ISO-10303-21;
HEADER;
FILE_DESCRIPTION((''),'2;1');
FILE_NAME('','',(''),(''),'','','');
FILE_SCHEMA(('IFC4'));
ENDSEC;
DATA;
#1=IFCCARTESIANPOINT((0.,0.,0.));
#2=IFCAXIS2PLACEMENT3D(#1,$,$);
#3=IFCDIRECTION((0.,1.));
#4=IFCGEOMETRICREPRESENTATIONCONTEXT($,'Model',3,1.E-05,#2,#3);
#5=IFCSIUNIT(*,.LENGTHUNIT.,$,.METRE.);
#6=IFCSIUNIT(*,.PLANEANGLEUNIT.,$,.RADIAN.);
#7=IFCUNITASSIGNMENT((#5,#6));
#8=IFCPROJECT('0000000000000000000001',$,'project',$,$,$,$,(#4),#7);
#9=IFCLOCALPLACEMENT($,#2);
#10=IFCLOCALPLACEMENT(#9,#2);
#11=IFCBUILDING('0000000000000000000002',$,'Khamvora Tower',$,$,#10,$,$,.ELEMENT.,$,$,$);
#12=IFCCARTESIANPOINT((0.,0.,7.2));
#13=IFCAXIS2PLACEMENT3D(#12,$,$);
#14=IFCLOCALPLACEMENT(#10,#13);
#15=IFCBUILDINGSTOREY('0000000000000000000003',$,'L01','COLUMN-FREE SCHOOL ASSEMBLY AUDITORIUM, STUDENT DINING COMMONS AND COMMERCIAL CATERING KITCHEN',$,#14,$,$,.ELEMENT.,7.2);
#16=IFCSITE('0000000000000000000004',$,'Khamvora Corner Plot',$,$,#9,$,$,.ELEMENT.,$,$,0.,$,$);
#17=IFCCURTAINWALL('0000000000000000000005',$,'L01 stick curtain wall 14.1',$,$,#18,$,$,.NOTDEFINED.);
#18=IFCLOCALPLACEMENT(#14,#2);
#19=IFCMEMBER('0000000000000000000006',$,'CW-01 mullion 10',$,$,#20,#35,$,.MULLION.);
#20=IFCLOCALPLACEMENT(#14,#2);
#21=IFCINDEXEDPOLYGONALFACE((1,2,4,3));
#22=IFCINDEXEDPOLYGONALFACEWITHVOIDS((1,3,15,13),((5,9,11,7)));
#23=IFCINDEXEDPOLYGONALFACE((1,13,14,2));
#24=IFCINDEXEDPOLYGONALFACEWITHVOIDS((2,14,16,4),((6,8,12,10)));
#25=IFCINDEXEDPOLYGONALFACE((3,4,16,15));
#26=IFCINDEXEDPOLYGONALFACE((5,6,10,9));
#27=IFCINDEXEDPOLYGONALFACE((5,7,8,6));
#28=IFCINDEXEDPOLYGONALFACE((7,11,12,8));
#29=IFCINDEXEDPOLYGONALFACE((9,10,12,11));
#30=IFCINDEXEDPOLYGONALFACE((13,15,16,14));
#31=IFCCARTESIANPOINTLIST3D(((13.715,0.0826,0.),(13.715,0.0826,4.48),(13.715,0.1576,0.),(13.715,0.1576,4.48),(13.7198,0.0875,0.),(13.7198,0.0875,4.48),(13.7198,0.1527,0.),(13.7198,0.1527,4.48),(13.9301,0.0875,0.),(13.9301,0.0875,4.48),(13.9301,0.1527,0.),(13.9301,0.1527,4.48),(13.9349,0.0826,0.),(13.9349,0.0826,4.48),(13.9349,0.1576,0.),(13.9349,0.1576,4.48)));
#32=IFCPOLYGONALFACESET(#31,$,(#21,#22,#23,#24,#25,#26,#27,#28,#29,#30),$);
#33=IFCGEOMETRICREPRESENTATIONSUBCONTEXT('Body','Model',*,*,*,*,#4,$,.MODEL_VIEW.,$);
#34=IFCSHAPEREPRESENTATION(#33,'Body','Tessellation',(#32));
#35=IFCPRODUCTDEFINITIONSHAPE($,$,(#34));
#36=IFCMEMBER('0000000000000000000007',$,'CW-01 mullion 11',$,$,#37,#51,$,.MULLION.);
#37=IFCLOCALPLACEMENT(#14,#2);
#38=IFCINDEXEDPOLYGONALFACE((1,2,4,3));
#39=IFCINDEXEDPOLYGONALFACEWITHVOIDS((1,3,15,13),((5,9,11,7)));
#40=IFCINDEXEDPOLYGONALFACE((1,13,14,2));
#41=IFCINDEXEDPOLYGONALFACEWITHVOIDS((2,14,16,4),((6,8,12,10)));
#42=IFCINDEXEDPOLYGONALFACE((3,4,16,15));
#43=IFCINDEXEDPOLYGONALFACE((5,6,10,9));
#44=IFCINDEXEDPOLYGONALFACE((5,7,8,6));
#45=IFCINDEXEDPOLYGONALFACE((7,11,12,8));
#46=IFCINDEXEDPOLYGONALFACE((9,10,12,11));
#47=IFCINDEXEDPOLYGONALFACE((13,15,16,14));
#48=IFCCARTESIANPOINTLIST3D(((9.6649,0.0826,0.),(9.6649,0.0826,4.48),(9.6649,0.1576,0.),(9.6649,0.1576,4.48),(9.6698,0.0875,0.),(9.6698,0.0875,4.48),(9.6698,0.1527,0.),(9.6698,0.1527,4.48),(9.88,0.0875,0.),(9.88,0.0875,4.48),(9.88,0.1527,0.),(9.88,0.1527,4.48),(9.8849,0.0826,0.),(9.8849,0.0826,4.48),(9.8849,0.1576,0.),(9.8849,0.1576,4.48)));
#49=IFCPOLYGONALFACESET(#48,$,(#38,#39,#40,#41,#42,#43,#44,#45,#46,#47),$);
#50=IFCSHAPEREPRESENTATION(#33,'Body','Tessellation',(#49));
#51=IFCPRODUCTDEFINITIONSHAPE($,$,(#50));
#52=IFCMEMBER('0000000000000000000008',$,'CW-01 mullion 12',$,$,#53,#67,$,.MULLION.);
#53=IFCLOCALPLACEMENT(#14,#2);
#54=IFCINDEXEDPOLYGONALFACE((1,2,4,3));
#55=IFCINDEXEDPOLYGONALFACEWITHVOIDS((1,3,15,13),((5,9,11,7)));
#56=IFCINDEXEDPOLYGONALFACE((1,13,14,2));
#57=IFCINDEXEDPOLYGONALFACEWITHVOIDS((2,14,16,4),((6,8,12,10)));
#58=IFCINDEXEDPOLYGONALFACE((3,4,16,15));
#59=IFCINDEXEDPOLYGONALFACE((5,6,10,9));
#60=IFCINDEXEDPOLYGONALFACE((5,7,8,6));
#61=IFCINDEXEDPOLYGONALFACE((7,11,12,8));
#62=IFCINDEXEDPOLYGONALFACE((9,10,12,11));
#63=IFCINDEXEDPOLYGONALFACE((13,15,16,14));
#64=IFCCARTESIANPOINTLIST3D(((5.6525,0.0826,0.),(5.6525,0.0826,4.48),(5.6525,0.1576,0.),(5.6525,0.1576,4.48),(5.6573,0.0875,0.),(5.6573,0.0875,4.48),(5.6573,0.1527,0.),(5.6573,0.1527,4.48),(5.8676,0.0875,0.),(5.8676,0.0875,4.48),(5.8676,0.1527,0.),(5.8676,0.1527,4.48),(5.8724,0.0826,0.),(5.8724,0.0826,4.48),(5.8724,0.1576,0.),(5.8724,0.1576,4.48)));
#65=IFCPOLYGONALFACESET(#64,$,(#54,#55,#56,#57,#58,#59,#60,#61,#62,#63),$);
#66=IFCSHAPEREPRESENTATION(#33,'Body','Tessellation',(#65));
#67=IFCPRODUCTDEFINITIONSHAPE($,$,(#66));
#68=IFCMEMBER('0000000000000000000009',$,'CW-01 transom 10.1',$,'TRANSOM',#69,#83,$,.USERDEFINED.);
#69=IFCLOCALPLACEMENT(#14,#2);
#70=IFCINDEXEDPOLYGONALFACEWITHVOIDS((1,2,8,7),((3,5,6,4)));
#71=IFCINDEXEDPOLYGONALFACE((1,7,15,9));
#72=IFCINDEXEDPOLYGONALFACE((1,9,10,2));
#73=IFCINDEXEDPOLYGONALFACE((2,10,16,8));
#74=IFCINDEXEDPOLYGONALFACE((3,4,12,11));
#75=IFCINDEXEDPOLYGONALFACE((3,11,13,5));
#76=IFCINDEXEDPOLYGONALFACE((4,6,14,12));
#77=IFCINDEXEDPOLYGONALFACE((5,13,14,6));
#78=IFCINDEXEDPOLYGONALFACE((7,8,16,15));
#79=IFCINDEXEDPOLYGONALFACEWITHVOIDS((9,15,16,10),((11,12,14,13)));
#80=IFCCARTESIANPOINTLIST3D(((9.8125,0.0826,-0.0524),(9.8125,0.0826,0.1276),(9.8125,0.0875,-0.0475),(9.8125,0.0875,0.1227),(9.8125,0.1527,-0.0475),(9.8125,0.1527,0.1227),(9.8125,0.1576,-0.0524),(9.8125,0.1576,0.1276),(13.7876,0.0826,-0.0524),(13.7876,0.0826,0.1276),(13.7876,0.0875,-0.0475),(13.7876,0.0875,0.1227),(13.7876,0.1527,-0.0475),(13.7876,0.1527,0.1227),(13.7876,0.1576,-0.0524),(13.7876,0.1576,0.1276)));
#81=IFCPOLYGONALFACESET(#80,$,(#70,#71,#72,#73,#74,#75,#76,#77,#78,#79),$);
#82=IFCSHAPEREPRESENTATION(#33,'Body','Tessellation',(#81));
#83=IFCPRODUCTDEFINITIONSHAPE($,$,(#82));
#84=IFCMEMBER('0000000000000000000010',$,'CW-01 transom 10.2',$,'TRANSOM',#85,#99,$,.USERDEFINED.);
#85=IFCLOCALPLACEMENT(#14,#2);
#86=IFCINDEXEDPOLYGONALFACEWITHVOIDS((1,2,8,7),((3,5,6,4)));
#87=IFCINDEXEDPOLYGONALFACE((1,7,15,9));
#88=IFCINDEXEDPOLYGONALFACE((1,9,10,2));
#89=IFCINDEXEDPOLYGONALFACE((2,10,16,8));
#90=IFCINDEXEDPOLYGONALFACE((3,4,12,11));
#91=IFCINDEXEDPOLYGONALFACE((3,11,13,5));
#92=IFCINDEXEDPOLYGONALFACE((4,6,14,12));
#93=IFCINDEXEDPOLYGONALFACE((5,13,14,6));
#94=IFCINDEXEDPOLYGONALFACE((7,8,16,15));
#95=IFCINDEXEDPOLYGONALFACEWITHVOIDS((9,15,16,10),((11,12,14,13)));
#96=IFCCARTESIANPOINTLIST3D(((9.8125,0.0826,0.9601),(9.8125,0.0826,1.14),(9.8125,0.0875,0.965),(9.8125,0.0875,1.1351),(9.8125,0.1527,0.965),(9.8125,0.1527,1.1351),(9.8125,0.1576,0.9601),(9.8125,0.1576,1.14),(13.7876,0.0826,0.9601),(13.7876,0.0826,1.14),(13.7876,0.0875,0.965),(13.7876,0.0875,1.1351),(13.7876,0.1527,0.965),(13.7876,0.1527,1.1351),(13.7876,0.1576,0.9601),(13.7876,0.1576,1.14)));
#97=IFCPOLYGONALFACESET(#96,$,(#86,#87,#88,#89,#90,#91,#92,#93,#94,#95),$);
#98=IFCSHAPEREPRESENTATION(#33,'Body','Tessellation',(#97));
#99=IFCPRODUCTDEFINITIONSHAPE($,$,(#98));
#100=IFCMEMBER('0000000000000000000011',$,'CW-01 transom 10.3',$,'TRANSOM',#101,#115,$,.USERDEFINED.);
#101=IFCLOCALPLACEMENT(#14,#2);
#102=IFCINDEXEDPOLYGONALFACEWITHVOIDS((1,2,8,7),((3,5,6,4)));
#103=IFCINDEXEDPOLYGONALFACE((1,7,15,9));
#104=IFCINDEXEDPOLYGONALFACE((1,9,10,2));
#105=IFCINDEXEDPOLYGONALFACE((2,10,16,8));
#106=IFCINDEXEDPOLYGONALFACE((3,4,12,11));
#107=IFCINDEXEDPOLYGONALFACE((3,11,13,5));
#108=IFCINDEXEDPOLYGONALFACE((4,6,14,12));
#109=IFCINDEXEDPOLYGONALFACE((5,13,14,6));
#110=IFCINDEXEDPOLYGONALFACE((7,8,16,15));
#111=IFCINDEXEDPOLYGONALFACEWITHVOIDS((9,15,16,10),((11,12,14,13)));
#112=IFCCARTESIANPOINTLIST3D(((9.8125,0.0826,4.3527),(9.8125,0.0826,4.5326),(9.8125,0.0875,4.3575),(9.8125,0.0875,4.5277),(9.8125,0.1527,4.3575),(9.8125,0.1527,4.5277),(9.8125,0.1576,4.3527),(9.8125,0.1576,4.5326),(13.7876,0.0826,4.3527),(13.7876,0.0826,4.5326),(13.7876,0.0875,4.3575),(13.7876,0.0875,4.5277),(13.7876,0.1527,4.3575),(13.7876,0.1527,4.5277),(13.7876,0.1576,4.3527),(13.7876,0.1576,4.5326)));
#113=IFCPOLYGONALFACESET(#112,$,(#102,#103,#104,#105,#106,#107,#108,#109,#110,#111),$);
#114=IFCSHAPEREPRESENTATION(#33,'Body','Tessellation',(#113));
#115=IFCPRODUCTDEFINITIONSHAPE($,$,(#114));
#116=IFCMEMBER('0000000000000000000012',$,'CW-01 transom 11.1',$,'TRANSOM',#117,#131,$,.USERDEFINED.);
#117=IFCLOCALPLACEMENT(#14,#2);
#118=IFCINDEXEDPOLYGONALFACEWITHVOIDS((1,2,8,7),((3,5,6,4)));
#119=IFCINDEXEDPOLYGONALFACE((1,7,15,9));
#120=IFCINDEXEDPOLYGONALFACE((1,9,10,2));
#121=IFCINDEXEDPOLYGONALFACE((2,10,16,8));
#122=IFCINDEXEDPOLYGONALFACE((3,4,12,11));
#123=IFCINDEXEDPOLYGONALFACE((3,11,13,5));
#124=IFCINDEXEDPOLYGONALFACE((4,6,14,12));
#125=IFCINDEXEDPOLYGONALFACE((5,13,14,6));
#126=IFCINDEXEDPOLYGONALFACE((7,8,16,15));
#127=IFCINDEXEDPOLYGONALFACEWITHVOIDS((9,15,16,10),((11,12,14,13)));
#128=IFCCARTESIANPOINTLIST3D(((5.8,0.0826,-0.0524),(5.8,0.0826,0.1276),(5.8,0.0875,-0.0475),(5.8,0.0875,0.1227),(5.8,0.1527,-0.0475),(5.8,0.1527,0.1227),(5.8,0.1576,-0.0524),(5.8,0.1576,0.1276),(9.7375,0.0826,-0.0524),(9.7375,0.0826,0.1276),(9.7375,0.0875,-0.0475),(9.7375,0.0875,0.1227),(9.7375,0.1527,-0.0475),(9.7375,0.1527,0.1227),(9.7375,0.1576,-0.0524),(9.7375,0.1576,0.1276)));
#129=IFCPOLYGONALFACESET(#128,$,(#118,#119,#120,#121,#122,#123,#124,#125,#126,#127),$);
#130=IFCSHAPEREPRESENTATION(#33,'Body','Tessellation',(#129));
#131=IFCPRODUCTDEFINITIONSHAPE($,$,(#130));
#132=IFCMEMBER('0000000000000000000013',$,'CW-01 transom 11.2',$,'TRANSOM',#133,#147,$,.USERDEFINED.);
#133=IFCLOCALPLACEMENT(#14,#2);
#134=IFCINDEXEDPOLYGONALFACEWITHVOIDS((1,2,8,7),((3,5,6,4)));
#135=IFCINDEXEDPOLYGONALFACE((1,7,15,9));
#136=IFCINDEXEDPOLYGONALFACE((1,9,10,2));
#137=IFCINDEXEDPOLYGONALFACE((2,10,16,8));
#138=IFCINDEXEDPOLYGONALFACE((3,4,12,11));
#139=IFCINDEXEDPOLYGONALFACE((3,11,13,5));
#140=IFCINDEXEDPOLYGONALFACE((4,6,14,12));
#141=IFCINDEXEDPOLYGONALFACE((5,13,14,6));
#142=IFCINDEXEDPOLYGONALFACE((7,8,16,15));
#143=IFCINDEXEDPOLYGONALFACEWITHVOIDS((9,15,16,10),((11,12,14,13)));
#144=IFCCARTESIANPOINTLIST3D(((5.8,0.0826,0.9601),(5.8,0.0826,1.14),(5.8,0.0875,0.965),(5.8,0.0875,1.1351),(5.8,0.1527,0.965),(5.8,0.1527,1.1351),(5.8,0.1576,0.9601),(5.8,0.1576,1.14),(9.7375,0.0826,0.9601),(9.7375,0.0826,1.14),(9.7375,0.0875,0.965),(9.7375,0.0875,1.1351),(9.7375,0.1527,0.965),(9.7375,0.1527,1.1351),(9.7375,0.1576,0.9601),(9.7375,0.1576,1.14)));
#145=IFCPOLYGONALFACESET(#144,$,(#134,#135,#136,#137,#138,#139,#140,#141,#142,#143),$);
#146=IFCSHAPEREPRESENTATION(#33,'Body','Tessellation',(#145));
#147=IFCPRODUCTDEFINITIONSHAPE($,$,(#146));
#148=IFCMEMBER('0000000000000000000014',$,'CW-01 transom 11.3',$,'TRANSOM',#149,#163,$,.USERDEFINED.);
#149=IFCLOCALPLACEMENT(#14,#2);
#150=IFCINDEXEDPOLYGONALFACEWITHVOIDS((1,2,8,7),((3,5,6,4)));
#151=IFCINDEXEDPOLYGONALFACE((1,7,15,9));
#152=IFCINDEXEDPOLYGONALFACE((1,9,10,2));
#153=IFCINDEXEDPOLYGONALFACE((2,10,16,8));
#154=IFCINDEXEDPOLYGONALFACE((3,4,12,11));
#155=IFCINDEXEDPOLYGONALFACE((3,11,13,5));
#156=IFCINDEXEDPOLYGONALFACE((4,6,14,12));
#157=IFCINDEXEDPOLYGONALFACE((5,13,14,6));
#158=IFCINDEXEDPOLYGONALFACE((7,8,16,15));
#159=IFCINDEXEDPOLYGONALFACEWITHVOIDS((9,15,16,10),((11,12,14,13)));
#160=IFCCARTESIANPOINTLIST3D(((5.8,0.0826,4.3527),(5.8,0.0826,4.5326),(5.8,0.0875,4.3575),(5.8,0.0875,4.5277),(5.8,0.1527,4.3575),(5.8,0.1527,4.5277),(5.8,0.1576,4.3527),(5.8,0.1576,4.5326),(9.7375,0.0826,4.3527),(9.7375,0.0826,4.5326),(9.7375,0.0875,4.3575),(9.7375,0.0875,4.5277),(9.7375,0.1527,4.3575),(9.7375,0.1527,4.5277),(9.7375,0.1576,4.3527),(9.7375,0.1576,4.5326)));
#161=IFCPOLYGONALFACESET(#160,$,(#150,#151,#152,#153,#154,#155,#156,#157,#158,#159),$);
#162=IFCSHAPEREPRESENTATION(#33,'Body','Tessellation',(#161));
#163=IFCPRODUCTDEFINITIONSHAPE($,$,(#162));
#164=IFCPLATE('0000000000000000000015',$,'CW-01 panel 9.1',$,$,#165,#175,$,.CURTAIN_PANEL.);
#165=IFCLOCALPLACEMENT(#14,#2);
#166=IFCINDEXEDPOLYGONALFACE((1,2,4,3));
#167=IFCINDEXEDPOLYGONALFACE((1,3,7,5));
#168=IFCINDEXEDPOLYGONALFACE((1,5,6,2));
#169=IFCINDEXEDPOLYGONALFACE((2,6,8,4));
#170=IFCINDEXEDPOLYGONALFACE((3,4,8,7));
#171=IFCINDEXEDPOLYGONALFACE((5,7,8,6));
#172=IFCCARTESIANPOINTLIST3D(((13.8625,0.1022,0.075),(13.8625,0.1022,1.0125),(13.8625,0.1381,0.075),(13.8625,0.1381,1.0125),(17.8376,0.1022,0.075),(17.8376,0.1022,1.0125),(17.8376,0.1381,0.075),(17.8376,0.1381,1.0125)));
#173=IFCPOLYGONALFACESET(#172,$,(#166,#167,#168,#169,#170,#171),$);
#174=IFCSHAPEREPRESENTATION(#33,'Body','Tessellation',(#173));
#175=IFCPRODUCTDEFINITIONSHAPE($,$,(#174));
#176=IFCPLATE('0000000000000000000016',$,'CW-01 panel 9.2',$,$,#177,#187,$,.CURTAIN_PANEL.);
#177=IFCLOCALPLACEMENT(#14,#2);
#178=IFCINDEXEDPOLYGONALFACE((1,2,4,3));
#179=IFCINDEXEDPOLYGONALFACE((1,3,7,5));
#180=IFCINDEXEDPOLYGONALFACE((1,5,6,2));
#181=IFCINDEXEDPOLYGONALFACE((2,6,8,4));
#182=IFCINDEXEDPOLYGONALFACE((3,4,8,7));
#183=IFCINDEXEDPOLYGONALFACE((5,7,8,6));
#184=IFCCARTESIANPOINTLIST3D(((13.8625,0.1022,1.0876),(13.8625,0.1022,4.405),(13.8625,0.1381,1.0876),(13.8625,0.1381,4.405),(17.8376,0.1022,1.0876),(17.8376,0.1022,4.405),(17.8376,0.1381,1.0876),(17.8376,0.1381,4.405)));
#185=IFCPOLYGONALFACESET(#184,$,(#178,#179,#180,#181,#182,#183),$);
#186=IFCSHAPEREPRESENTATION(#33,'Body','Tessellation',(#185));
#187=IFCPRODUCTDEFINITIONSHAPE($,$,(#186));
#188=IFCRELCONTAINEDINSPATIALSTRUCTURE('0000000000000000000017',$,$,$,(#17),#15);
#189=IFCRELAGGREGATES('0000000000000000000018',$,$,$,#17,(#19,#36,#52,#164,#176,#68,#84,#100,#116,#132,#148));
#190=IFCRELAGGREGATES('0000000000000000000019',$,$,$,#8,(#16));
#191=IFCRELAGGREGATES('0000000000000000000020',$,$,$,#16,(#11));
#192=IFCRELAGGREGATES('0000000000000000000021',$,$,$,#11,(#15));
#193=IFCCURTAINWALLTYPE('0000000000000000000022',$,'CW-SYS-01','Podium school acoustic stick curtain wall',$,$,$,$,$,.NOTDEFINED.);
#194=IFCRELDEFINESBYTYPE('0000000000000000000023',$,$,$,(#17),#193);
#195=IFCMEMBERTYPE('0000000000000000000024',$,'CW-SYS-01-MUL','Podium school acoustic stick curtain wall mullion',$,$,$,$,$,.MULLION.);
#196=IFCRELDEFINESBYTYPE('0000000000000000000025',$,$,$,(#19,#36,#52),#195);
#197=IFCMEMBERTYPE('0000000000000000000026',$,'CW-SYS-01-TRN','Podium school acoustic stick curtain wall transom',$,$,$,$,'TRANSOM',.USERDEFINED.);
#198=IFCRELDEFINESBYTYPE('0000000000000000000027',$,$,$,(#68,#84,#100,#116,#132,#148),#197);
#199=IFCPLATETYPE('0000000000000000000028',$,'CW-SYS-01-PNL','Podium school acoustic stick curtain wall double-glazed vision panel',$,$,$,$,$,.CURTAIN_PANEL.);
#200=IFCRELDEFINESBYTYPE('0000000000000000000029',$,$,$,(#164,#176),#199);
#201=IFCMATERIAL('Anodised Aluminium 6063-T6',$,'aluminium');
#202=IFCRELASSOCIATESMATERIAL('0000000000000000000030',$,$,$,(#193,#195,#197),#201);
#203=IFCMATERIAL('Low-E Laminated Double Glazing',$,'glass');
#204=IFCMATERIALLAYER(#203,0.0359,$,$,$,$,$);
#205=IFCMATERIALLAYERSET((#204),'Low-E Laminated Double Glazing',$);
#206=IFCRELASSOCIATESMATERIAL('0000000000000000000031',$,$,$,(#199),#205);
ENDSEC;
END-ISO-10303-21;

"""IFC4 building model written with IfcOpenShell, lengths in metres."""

from ifc_helpers import new_model, si_unit, direction, frame, origin, origin_2d, place, context, subcontext, project, spatial, rectangle, hollow_rectangle, extrude, material, layer, layer_set, material_profile, profile_set, type_object, element, aggregate, save


model = new_model("IFC4")

# Units and contexts
model_context = context("Model", 3, precision=1e-05, world=origin(), true_north=direction((0.0, 1.0)))
body_context = subcontext(model_context, "Body", "Model", "MODEL_VIEW")
ifc_project = project(units=[si_unit("LENGTHUNIT", "METRE"), si_unit("PLANEANGLEUNIT", "RADIAN")], contexts=[model_context])

# Site, building, storey
site_placement = place(None, origin())
site = spatial("IfcSite", under=ifc_project, at=site_placement, Name="Khamvora Corner Plot", CompositionType="ELEMENT", RefElevation=0.0)
building_placement = place(site_placement, origin())
building = spatial("IfcBuilding", under=site, at=building_placement, Name="Khamvora Tower", CompositionType="ELEMENT")
storey_placement = place(building_placement, frame((0.0, 0.0, 7.2)))
storey = spatial("IfcBuildingStorey", under=building, at=storey_placement, Name="L01", Description="COLUMN-FREE SCHOOL ASSEMBLY AUDITORIUM, STUDENT DINING COMMONS AND COMMERCIAL CATERING KITCHEN", CompositionType="ELEMENT", Elevation=7.2)

# Curtain wall, members, plates
ifc_material_1 = material(Name="Anodised Aluminium 6063-T6", Category="aluminium")
curtain_wall_type = type_object("IfcCurtainWallType", Name="CW-SYS-01", Description="Podium school acoustic stick curtain wall", PredefinedType="NOTDEFINED", material=ifc_material_1)
curtain_wall_placement = place(storey_placement, origin())
curtain_wall = element("IfcCurtainWall", 1, at=curtain_wall_placement, inside=storey, type_object=curtain_wall_type, Name="L01 stick curtain wall 14.1", PredefinedType="NOTDEFINED")
ifc_material_profile_1 = material_profile(ifc_material_1, hollow_rectangle(XDim=0.075, YDim=0.22, WallThickness=0.0049, at=origin_2d()), Name="MUL75x220x5")
ifc_profile_set_1 = profile_set([ifc_material_profile_1], Name="Anodised Aluminium 6063-T6")
member_type_1 = type_object("IfcMemberType", Name="CW-SYS-01-MUL", Description="Podium school acoustic stick curtain wall mullion", PredefinedType="MULLION", material=ifc_profile_set_1)
member_1_placement = place(storey_placement, frame((13.825, 0.1201, 0.0), z_axis=(0.0, 0.0, 1.0), x_axis=(0.0, -1.0, 0.0)))
member_1 = element("IfcMember", 2, at=member_1_placement, type_object=member_type_1, Name="CW-01 mullion 10", PredefinedType="MULLION", context=body_context, shape_type="SweptSolid", body=[
    extrude(hollow_rectangle(XDim=0.075, YDim=0.22, WallThickness=0.0049, at=origin_2d()), origin(), (0.0, 0.0, 1.0), 4.48),
])
member_2_placement = place(storey_placement, frame((9.7749, 0.1201, 0.0), z_axis=(0.0, 0.0, 1.0), x_axis=(0.0, -1.0, 0.0)))
member_2 = element("IfcMember", 3, at=member_2_placement, type_object=member_type_1, Name="CW-01 mullion 11", PredefinedType="MULLION", context=body_context, shape_type="SweptSolid", body=[
    extrude(hollow_rectangle(XDim=0.075, YDim=0.22, WallThickness=0.0049, at=origin_2d()), origin(), (0.0, 0.0, 1.0), 4.48),
])
member_3_placement = place(storey_placement, frame((5.7625, 0.1201, 0.0), z_axis=(0.0, 0.0, 1.0), x_axis=(0.0, -1.0, 0.0)))
member_3 = element("IfcMember", 4, at=member_3_placement, type_object=member_type_1, Name="CW-01 mullion 12", PredefinedType="MULLION", context=body_context, shape_type="SweptSolid", body=[
    extrude(hollow_rectangle(XDim=0.075, YDim=0.22, WallThickness=0.0049, at=origin_2d()), origin(), (0.0, 0.0, 1.0), 4.48),
])
ifc_material_profile_2 = material_profile(ifc_material_1, hollow_rectangle(XDim=0.075, YDim=0.1799, WallThickness=0.0049, at=origin_2d()), Name="TRN75x180x5")
ifc_profile_set_2 = profile_set([ifc_material_profile_2], Name="Anodised Aluminium 6063-T6")
member_type_2 = type_object("IfcMemberType", Name="CW-SYS-01-TRN", Description="Podium school acoustic stick curtain wall transom", ElementType="TRANSOM", PredefinedType="USERDEFINED", material=ifc_profile_set_2)
member_4_placement = place(storey_placement, frame((13.7876, 0.1201, 0.0376), z_axis=(-1.0, 0.0, 0.0), x_axis=(0.0, -1.0, 0.0)))
member_4 = element("IfcMember", 5, at=member_4_placement, type_object=member_type_2, Name="CW-01 transom 10.1", ObjectType="TRANSOM", PredefinedType="USERDEFINED", context=body_context, shape_type="SweptSolid", body=[
    extrude(hollow_rectangle(XDim=0.075, YDim=0.1799, WallThickness=0.0049, at=origin_2d()), origin(), (0.0, 0.0, 1.0), 3.9751),
])
member_5_placement = place(storey_placement, frame((13.7876, 0.1201, 1.05), z_axis=(-1.0, 0.0, 0.0), x_axis=(0.0, -1.0, 0.0)))
member_5 = element("IfcMember", 6, at=member_5_placement, type_object=member_type_2, Name="CW-01 transom 10.2", ObjectType="TRANSOM", PredefinedType="USERDEFINED", context=body_context, shape_type="SweptSolid", body=[
    extrude(hollow_rectangle(XDim=0.075, YDim=0.1799, WallThickness=0.0049, at=origin_2d()), origin(), (0.0, 0.0, 1.0), 3.9751),
])
member_6_placement = place(storey_placement, frame((13.7876, 0.1201, 4.4426), z_axis=(-1.0, 0.0, 0.0), x_axis=(0.0, -1.0, 0.0)))
member_6 = element("IfcMember", 7, at=member_6_placement, type_object=member_type_2, Name="CW-01 transom 10.3", ObjectType="TRANSOM", PredefinedType="USERDEFINED", context=body_context, shape_type="SweptSolid", body=[
    extrude(hollow_rectangle(XDim=0.075, YDim=0.1799, WallThickness=0.0049, at=origin_2d()), origin(), (0.0, 0.0, 1.0), 3.9751),
])
member_7_placement = place(storey_placement, frame((9.7375, 0.1201, 0.0376), z_axis=(-1.0, 0.0, 0.0), x_axis=(0.0, -1.0, 0.0)))
member_7 = element("IfcMember", 8, at=member_7_placement, type_object=member_type_2, Name="CW-01 transom 11.1", ObjectType="TRANSOM", PredefinedType="USERDEFINED", context=body_context, shape_type="SweptSolid", body=[
    extrude(hollow_rectangle(XDim=0.075, YDim=0.1799, WallThickness=0.0049, at=origin_2d()), origin(), (0.0, 0.0, 1.0), 3.9375),
])
member_8_placement = place(storey_placement, frame((9.7375, 0.1201, 1.05), z_axis=(-1.0, 0.0, 0.0), x_axis=(0.0, -1.0, 0.0)))
member_8 = element("IfcMember", 9, at=member_8_placement, type_object=member_type_2, Name="CW-01 transom 11.2", ObjectType="TRANSOM", PredefinedType="USERDEFINED", context=body_context, shape_type="SweptSolid", body=[
    extrude(hollow_rectangle(XDim=0.075, YDim=0.1799, WallThickness=0.0049, at=origin_2d()), origin(), (0.0, 0.0, 1.0), 3.9375),
])
member_9_placement = place(storey_placement, frame((9.7375, 0.1201, 4.4426), z_axis=(-1.0, 0.0, 0.0), x_axis=(0.0, -1.0, 0.0)))
member_9 = element("IfcMember", 10, at=member_9_placement, type_object=member_type_2, Name="CW-01 transom 11.3", ObjectType="TRANSOM", PredefinedType="USERDEFINED", context=body_context, shape_type="SweptSolid", body=[
    extrude(hollow_rectangle(XDim=0.075, YDim=0.1799, WallThickness=0.0049, at=origin_2d()), origin(), (0.0, 0.0, 1.0), 3.9375),
])
ifc_material_2 = material(Name="Low-E Laminated Double Glazing", Category="glass")
ifc_layer_1 = layer(ifc_material_2, 0.0359)
ifc_layer_set_1 = layer_set([ifc_layer_1], Name="Low-E Laminated Double Glazing")
plate_type = type_object("IfcPlateType", Name="CW-SYS-01-PNL", Description="Podium school acoustic stick curtain wall double-glazed vision panel", PredefinedType="CURTAIN_PANEL", material=ifc_layer_set_1)
plate_1_placement = place(storey_placement, frame((15.8501, 0.1201, 0.075), z_axis=(0.0, 0.0, 1.0), x_axis=(-1.0, 0.0, 0.0)))
plate_1 = element("IfcPlate", 11, at=plate_1_placement, type_object=plate_type, Name="CW-01 panel 9.1", PredefinedType="CURTAIN_PANEL", context=body_context, shape_type="SweptSolid", body=[
    extrude(rectangle(XDim=3.9751, YDim=0.0359, at=origin_2d()), origin(), (0.0, 0.0, 1.0), 0.9375),
])
plate_2_placement = place(storey_placement, frame((15.8501, 0.1201, 1.0876), z_axis=(0.0, 0.0, 1.0), x_axis=(-1.0, 0.0, 0.0)))
plate_2 = element("IfcPlate", 12, at=plate_2_placement, type_object=plate_type, Name="CW-01 panel 9.2", PredefinedType="CURTAIN_PANEL", context=body_context, shape_type="SweptSolid", body=[
    extrude(rectangle(XDim=3.9751, YDim=0.0359, at=origin_2d()), origin(), (0.0, 0.0, 1.0), 3.3174),
])
aggregate(curtain_wall, [member_1, member_2, member_3, plate_1, plate_2, member_4, member_5, member_6, member_7, member_8, member_9])

save(model, "model.ifc")
